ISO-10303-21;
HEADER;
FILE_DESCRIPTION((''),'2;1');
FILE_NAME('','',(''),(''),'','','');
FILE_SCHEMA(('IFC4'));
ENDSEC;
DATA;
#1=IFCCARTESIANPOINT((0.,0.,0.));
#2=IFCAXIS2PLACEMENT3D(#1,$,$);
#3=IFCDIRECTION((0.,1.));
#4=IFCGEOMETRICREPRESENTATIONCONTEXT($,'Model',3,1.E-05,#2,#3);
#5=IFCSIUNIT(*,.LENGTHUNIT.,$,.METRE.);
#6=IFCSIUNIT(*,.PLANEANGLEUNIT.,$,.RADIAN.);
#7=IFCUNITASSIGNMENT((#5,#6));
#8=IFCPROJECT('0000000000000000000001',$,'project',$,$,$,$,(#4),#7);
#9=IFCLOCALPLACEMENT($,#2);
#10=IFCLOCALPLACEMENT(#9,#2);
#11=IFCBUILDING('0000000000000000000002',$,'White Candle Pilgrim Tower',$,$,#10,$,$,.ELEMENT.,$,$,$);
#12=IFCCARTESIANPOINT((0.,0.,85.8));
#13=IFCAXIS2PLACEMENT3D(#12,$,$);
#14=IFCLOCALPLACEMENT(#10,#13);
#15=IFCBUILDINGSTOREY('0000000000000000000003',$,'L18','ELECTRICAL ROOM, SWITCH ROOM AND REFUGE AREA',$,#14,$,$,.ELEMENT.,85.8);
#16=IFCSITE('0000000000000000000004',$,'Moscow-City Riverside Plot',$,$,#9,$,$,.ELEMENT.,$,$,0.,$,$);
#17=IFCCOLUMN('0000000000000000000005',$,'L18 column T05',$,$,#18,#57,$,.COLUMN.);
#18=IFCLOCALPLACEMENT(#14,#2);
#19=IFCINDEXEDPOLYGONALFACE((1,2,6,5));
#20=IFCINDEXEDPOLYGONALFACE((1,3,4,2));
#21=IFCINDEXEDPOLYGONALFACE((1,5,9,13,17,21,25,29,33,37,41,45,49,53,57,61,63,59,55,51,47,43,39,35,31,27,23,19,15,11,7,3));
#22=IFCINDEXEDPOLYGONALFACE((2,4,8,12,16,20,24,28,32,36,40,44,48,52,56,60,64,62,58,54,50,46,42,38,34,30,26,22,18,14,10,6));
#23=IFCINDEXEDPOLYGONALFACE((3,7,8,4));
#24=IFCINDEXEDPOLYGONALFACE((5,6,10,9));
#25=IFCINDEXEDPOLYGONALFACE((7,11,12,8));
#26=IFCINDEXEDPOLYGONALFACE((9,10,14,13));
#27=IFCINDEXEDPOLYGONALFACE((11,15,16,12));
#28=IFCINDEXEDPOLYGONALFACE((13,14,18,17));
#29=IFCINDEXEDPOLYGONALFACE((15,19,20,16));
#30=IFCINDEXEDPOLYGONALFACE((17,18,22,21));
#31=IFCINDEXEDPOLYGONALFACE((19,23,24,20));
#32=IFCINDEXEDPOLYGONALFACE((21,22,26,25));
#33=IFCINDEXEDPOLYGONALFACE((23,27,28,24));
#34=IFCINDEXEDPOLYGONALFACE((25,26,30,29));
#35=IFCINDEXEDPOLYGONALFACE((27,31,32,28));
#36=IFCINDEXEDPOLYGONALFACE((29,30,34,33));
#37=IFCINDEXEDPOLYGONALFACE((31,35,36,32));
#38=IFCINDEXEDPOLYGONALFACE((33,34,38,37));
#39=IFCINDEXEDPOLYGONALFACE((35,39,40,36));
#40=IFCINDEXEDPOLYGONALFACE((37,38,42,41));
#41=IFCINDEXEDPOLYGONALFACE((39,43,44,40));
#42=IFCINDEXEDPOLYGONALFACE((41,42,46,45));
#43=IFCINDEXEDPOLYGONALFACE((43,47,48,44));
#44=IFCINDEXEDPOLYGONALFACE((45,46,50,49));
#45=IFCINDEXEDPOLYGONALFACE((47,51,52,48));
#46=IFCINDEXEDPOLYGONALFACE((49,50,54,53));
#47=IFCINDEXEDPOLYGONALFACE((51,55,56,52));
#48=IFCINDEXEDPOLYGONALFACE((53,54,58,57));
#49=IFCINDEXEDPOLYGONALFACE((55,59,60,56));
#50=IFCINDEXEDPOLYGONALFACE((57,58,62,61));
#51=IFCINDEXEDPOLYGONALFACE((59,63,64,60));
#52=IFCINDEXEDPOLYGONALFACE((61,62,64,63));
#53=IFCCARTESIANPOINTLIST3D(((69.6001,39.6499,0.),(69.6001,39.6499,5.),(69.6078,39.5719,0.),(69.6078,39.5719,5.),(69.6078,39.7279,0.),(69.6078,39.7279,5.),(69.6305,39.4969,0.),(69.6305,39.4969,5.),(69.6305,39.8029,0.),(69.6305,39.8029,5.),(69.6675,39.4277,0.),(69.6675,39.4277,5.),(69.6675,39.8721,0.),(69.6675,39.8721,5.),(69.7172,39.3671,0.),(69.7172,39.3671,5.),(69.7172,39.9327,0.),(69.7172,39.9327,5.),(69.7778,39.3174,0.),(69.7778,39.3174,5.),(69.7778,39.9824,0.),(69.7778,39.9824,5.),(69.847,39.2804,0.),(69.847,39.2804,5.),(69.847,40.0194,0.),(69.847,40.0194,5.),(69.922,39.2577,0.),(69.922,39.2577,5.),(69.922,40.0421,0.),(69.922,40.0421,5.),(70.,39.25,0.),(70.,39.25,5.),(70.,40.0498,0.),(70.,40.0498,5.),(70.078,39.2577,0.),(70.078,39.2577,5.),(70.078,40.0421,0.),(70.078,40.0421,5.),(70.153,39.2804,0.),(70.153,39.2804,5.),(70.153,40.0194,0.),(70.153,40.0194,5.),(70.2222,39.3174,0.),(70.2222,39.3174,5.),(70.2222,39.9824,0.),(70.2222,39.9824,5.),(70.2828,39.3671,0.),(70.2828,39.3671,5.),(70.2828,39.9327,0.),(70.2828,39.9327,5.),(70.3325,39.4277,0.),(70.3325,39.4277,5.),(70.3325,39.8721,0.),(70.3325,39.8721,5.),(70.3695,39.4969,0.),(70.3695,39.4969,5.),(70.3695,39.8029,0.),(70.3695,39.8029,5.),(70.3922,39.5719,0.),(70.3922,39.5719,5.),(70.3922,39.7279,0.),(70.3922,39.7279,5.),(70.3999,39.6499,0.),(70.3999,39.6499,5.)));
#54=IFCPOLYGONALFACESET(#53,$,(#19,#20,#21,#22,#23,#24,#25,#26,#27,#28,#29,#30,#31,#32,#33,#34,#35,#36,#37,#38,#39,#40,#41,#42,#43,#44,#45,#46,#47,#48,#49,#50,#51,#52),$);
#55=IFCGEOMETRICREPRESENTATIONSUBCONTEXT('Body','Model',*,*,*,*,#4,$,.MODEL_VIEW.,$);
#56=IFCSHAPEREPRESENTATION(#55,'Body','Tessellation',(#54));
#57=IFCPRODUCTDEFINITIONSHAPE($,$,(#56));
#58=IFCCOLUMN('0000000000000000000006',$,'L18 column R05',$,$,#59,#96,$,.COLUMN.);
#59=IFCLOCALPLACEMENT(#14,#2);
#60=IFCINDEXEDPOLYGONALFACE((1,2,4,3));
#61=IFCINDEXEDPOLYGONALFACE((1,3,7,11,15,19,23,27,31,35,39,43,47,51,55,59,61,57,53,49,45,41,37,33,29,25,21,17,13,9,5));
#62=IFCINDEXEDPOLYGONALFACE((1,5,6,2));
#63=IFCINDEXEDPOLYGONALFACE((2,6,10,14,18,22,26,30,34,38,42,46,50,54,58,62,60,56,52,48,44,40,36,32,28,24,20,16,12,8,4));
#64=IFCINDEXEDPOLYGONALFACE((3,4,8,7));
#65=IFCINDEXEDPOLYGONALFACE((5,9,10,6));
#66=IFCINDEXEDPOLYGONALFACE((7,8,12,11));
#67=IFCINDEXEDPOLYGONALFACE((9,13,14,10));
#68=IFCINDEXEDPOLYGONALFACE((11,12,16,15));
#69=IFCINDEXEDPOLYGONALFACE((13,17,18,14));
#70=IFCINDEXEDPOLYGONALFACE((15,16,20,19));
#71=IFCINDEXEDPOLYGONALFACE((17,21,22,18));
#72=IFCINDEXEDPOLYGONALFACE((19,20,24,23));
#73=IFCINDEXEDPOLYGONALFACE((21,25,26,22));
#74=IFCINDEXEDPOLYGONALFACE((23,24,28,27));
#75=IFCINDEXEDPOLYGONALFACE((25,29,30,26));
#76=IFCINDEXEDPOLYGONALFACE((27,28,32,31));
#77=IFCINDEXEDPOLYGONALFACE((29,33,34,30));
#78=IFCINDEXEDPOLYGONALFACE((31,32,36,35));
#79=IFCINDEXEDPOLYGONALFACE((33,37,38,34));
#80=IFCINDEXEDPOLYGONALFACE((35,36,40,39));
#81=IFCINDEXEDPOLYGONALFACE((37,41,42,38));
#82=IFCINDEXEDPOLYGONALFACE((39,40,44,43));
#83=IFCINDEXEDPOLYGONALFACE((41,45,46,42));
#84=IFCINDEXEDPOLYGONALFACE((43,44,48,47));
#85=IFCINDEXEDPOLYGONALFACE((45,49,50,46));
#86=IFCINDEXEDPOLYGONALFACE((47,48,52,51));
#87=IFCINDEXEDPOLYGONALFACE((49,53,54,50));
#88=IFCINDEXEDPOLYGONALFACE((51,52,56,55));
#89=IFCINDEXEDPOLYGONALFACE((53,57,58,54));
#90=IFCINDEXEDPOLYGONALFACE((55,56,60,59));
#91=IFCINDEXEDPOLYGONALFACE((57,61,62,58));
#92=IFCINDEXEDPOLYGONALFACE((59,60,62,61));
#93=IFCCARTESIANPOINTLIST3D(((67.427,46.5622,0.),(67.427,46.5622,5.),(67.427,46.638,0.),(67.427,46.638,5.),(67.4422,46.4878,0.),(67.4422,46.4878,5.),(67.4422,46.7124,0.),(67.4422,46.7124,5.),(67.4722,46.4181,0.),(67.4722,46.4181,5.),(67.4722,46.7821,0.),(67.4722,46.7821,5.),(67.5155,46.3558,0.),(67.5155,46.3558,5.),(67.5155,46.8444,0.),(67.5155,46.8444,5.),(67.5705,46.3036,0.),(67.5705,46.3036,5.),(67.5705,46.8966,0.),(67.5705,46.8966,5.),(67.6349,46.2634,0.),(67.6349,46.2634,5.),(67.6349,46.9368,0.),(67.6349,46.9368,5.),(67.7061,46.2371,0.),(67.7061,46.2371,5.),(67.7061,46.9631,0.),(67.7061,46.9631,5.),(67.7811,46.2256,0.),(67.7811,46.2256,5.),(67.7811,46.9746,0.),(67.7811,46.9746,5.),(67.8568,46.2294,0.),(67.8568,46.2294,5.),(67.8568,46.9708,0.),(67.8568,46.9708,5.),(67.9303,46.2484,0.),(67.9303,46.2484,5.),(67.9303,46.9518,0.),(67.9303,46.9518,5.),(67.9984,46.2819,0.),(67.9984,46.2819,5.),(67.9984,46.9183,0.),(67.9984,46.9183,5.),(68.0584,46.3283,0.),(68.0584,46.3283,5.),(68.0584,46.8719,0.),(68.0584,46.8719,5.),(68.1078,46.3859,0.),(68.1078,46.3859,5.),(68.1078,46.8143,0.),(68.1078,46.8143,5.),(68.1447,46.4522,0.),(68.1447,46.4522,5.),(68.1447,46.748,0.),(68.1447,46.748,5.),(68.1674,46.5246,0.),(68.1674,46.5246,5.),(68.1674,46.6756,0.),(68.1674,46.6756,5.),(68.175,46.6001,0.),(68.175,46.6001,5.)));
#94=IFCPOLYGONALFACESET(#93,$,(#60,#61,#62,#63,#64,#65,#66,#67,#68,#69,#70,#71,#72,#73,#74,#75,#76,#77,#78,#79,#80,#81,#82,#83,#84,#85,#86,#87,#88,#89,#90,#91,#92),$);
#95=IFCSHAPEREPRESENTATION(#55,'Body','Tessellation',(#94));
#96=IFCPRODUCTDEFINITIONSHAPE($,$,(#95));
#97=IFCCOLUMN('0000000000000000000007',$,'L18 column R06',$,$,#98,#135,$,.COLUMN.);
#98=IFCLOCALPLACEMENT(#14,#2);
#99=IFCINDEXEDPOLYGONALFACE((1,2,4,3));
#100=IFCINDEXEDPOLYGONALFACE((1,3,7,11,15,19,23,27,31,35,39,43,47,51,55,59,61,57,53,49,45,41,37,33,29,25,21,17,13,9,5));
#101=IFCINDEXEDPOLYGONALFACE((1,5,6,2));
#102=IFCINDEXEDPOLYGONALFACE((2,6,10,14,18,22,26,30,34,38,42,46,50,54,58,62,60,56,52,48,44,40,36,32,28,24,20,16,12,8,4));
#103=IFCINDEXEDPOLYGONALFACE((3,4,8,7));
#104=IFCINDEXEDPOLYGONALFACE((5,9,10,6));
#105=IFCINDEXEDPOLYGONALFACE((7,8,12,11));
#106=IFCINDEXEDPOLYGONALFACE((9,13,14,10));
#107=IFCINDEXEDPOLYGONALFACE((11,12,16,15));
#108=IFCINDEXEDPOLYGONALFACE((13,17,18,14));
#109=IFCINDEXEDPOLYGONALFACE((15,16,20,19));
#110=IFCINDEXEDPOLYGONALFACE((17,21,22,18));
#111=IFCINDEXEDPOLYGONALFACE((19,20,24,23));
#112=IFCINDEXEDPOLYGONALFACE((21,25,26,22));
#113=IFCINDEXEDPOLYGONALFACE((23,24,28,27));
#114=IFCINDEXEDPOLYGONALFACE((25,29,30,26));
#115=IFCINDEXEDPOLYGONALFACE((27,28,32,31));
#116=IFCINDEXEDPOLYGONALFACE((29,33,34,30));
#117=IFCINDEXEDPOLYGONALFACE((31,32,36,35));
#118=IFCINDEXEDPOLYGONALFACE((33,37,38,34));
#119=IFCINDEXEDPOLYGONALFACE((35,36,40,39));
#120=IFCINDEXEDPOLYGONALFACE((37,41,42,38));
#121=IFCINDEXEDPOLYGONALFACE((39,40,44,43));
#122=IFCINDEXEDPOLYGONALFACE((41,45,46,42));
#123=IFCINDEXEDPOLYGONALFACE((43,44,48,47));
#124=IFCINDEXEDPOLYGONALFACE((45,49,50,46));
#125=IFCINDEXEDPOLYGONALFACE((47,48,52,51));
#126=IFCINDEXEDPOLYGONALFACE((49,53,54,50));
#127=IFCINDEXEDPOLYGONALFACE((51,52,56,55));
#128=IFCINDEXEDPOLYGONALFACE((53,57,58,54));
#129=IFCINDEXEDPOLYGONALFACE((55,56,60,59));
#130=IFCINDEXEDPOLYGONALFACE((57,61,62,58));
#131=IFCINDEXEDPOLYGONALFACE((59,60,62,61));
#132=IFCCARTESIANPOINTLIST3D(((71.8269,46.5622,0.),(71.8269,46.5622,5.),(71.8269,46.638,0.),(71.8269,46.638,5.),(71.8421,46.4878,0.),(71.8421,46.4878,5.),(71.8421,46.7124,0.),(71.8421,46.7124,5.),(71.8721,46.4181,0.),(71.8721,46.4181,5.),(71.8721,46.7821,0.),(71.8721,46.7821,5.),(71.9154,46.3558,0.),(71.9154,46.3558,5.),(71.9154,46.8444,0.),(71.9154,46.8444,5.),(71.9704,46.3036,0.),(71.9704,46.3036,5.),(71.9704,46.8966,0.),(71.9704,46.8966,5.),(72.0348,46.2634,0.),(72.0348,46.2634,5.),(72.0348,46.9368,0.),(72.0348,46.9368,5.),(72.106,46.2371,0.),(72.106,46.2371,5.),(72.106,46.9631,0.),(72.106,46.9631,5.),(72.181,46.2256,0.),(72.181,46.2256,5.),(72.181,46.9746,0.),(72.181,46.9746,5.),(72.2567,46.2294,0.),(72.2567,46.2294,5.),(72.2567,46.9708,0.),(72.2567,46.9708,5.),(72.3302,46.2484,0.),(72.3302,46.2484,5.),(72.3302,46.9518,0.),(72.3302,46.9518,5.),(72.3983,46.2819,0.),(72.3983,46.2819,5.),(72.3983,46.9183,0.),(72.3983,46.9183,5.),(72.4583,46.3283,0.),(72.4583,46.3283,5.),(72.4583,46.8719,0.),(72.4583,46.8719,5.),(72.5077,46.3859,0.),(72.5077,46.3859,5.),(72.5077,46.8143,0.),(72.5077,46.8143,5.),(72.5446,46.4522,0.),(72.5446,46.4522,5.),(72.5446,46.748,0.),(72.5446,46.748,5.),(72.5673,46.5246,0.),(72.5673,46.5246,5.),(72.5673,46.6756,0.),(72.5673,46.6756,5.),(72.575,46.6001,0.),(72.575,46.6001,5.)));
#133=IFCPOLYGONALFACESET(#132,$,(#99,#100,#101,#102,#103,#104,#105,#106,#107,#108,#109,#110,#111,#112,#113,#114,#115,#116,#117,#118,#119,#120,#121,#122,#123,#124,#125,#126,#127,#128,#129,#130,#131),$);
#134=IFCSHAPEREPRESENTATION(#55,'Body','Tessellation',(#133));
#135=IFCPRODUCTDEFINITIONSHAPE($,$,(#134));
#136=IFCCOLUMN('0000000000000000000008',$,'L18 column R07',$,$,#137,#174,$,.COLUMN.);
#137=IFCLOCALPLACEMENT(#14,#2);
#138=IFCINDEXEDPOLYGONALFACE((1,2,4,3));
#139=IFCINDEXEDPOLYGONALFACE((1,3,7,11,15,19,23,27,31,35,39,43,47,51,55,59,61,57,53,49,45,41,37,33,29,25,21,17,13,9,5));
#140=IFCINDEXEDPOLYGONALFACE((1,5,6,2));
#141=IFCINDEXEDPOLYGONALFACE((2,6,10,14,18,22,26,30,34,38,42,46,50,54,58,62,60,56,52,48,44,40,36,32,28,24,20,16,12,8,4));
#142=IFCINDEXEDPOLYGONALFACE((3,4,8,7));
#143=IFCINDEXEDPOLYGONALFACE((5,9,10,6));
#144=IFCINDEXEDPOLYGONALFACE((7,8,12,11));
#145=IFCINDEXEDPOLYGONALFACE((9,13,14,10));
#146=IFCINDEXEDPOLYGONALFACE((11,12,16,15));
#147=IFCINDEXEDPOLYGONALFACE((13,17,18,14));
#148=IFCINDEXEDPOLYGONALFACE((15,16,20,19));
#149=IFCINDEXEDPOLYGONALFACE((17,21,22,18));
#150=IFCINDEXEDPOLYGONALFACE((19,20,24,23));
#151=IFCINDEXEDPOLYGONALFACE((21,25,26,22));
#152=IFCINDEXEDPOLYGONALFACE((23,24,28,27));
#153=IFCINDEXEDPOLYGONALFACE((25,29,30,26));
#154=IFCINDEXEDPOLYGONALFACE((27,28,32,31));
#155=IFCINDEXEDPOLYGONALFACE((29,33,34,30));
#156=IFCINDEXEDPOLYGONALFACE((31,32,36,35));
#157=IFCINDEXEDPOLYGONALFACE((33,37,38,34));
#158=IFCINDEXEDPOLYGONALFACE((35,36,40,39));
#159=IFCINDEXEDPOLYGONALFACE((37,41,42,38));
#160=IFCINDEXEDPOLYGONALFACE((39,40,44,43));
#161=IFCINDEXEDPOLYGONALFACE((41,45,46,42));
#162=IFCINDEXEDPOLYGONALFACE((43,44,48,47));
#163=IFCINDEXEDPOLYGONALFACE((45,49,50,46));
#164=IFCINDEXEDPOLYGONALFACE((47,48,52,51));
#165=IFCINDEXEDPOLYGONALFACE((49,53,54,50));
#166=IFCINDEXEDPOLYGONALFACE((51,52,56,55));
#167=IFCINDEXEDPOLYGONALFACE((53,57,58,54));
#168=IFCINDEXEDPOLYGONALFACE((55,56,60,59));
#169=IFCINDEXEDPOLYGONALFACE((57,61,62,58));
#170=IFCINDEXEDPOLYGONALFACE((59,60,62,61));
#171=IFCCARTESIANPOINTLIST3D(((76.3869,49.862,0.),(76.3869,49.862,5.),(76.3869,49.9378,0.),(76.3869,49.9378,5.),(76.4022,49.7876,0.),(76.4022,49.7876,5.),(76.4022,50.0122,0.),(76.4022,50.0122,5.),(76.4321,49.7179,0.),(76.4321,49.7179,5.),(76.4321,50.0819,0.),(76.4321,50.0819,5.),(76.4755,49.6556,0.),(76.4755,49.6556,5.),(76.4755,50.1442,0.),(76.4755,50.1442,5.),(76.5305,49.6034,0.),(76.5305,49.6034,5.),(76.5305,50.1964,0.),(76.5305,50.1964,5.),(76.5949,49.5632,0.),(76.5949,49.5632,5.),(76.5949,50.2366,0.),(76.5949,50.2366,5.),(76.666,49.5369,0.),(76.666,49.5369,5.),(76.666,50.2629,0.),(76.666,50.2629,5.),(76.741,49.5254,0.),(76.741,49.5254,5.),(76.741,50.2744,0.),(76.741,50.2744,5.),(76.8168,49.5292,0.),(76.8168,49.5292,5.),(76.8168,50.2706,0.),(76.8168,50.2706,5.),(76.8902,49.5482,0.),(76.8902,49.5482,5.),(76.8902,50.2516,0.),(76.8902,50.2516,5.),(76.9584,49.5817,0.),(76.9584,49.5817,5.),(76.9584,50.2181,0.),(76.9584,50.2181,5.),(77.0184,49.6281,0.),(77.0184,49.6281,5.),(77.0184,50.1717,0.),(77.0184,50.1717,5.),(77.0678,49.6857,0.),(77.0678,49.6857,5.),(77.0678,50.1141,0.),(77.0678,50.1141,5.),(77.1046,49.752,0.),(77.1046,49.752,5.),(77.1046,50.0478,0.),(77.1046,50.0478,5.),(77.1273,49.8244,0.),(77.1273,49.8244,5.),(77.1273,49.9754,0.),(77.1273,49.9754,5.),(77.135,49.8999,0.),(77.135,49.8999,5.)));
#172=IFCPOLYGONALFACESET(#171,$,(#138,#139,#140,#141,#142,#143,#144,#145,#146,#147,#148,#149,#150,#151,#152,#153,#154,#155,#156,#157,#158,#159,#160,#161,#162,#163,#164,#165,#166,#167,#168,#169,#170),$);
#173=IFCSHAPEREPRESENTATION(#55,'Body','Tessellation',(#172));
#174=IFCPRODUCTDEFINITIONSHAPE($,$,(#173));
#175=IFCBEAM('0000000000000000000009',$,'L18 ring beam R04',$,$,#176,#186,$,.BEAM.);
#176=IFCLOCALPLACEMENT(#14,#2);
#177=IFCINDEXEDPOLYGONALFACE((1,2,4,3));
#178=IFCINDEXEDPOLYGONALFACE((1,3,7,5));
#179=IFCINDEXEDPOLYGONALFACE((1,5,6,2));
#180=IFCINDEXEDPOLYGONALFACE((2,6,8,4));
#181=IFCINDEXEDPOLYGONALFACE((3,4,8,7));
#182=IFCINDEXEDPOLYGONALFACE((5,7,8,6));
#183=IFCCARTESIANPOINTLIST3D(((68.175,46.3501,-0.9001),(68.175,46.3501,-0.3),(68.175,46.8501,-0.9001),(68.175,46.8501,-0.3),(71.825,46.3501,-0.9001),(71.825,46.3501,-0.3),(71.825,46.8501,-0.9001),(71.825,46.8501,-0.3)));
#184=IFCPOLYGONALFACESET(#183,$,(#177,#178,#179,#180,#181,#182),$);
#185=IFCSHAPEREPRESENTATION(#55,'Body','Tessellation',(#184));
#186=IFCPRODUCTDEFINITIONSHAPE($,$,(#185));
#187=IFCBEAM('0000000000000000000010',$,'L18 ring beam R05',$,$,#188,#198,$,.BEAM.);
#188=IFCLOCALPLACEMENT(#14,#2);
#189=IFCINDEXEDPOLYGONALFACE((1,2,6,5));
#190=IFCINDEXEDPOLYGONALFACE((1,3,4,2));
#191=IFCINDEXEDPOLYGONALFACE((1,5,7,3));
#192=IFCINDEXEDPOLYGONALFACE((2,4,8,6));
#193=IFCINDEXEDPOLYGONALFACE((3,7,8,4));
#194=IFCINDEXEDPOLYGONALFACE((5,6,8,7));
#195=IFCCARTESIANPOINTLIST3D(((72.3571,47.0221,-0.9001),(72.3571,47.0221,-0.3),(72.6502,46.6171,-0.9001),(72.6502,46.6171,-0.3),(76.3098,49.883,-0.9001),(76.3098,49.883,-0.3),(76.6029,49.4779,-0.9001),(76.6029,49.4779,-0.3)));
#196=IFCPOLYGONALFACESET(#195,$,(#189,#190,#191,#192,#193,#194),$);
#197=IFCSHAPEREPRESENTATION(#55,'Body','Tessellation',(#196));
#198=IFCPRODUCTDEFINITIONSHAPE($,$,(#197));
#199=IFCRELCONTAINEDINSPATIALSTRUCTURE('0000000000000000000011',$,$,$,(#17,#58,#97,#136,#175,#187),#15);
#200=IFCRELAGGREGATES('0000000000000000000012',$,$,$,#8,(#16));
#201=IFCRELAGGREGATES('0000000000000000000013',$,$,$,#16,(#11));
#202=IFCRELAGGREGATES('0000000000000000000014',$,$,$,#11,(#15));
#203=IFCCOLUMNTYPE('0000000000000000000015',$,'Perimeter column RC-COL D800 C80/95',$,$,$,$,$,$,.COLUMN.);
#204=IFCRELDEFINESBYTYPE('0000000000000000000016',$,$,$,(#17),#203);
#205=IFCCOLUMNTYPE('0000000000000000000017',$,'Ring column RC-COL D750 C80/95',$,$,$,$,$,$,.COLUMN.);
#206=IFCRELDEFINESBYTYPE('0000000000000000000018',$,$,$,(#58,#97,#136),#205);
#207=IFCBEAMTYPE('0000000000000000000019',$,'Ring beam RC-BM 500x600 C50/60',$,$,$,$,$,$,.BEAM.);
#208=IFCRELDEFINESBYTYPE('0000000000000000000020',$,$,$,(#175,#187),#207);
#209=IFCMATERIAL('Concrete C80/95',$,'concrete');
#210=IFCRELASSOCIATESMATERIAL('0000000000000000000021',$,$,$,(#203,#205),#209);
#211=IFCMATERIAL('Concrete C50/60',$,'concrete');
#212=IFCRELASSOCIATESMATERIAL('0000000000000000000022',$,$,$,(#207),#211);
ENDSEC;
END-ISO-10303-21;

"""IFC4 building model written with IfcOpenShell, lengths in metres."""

from ifc_helpers import new_model, si_unit, direction, frame, origin, origin_2d, place, context, subcontext, project, spatial, rectangle, circle, extrude, material, material_profile, profile_set, type_object, element, save


model = new_model("IFC4")

# Units and contexts
model_context = context("Model", 3, precision=1e-05, world=origin(), true_north=direction((0.0, 1.0)))
body_context = subcontext(model_context, "Body", "Model", "MODEL_VIEW")
ifc_project = project(units=[si_unit("LENGTHUNIT", "METRE"), si_unit("PLANEANGLEUNIT", "RADIAN")], contexts=[model_context])

# Site, building, storey
site_placement = place(None, origin())
site = spatial("IfcSite", under=ifc_project, at=site_placement, Name="Moscow-City Riverside Plot", CompositionType="ELEMENT", RefElevation=0.0)
building_placement = place(site_placement, origin())
building = spatial("IfcBuilding", under=site, at=building_placement, Name="White Candle Pilgrim Tower", CompositionType="ELEMENT")
storey_placement = place(building_placement, frame((0.0, 0.0, 85.8)))
storey = spatial("IfcBuildingStorey", under=building, at=storey_placement, Name="L18", Description="ELECTRICAL ROOM, SWITCH ROOM AND REFUGE AREA", CompositionType="ELEMENT", Elevation=85.8)

# Columns
ifc_material_1 = material(Name="Concrete C80/95", Category="concrete")
ifc_material_profile_1 = material_profile(ifc_material_1, circle(Radius=0.3999, at=origin_2d()), Name="RC-COL D800")
ifc_profile_set_1 = profile_set([ifc_material_profile_1], Name="Concrete C80/95")
column_type_1 = type_object("IfcColumnType", Name="Perimeter column RC-COL D800 C80/95", PredefinedType="COLUMN", material=ifc_profile_set_1)
column_placement = place(storey_placement, frame((70.0, 39.6499, 0.0), z_axis=(0.0, 0.0, 1.0), x_axis=(1.0, 0.0, 0.0)))
element("IfcColumn", 1, at=column_placement, inside=storey, type_object=column_type_1, Name="L18 column T05", PredefinedType="COLUMN", context=body_context, shape_type="SweptSolid", body=[
    extrude(circle(Radius=0.3999, at=origin_2d()), origin(), (0.0, 0.0, 1.0), 5.0),
])
ifc_material_profile_2 = material_profile(ifc_material_1, circle(Radius=0.375, at=origin_2d()), Name="RC-COL D750")
ifc_profile_set_2 = profile_set([ifc_material_profile_2], Name="Concrete C80/95")
column_type_2 = type_object("IfcColumnType", Name="Ring column RC-COL D750 C80/95", PredefinedType="COLUMN", material=ifc_profile_set_2)
for number, where, z_axis, x_axis, name in (
    (2, (67.8, 46.6001, 0.0), (0.0, 0.0, 1.0), (1.0, 0.0, 0.0), "L18 column R05"),
    (3, (72.2, 46.6001, 0.0), (0.0, 0.0, 1.0), (1.0, 0.0, 0.0), "L18 column R06"),
    (4, (76.76, 49.8999, 0.0), (0.0, 0.0, 1.0), (1.0, 0.0, 0.0), "L18 column R07"),
):
    element("IfcColumn", number, at=place(storey_placement, frame(where, z_axis=z_axis, x_axis=x_axis)), inside=storey, type_object=column_type_2, Name=name, PredefinedType="COLUMN", context=body_context, shape_type="SweptSolid", body=[
        extrude(circle(Radius=0.375, at=origin_2d()), origin(), (0.0, 0.0, 1.0), 5.0),
    ])

# Beams
ifc_material_2 = material(Name="Concrete C50/60", Category="concrete")
ifc_material_profile_3 = material_profile(ifc_material_2, rectangle(XDim=0.5, YDim=0.6001, at=origin_2d()), Name="RC-BM 500x600")
ifc_profile_set_3 = profile_set([ifc_material_profile_3], Name="Concrete C50/60")
beam_type = type_object("IfcBeamType", Name="Ring beam RC-BM 500x600 C50/60", PredefinedType="BEAM", material=ifc_profile_set_3)
beam_1_placement = place(storey_placement, frame((68.175, 46.6001, -0.6001), z_axis=(1.0, 0.0, 0.0), x_axis=(0.0, 1.0, 0.0)))
element("IfcBeam", 5, at=beam_1_placement, inside=storey, type_object=beam_type, Name="L18 ring beam R04", PredefinedType="BEAM", context=body_context, shape_type="SweptSolid", body=[
    extrude(rectangle(XDim=0.5, YDim=0.6001, at=origin_2d()), origin(), (0.0, 0.0, 1.0), 3.6499),
])
beam_2_placement = place(storey_placement, frame((72.5037, 46.8196, -0.6001), z_axis=(0.81008, 0.58632, 0.0), x_axis=(-0.58632, 0.81008, 0.0)))
element("IfcBeam", 6, at=beam_2_placement, inside=storey, type_object=beam_type, Name="L18 ring beam R05", PredefinedType="BEAM", context=body_context, shape_type="SweptSolid", body=[
    extrude(rectangle(XDim=0.5, YDim=0.6001, at=origin_2d()), origin(), (0.0, 0.0, 1.0), 4.8794),
])

save(model, "model.ifc")
